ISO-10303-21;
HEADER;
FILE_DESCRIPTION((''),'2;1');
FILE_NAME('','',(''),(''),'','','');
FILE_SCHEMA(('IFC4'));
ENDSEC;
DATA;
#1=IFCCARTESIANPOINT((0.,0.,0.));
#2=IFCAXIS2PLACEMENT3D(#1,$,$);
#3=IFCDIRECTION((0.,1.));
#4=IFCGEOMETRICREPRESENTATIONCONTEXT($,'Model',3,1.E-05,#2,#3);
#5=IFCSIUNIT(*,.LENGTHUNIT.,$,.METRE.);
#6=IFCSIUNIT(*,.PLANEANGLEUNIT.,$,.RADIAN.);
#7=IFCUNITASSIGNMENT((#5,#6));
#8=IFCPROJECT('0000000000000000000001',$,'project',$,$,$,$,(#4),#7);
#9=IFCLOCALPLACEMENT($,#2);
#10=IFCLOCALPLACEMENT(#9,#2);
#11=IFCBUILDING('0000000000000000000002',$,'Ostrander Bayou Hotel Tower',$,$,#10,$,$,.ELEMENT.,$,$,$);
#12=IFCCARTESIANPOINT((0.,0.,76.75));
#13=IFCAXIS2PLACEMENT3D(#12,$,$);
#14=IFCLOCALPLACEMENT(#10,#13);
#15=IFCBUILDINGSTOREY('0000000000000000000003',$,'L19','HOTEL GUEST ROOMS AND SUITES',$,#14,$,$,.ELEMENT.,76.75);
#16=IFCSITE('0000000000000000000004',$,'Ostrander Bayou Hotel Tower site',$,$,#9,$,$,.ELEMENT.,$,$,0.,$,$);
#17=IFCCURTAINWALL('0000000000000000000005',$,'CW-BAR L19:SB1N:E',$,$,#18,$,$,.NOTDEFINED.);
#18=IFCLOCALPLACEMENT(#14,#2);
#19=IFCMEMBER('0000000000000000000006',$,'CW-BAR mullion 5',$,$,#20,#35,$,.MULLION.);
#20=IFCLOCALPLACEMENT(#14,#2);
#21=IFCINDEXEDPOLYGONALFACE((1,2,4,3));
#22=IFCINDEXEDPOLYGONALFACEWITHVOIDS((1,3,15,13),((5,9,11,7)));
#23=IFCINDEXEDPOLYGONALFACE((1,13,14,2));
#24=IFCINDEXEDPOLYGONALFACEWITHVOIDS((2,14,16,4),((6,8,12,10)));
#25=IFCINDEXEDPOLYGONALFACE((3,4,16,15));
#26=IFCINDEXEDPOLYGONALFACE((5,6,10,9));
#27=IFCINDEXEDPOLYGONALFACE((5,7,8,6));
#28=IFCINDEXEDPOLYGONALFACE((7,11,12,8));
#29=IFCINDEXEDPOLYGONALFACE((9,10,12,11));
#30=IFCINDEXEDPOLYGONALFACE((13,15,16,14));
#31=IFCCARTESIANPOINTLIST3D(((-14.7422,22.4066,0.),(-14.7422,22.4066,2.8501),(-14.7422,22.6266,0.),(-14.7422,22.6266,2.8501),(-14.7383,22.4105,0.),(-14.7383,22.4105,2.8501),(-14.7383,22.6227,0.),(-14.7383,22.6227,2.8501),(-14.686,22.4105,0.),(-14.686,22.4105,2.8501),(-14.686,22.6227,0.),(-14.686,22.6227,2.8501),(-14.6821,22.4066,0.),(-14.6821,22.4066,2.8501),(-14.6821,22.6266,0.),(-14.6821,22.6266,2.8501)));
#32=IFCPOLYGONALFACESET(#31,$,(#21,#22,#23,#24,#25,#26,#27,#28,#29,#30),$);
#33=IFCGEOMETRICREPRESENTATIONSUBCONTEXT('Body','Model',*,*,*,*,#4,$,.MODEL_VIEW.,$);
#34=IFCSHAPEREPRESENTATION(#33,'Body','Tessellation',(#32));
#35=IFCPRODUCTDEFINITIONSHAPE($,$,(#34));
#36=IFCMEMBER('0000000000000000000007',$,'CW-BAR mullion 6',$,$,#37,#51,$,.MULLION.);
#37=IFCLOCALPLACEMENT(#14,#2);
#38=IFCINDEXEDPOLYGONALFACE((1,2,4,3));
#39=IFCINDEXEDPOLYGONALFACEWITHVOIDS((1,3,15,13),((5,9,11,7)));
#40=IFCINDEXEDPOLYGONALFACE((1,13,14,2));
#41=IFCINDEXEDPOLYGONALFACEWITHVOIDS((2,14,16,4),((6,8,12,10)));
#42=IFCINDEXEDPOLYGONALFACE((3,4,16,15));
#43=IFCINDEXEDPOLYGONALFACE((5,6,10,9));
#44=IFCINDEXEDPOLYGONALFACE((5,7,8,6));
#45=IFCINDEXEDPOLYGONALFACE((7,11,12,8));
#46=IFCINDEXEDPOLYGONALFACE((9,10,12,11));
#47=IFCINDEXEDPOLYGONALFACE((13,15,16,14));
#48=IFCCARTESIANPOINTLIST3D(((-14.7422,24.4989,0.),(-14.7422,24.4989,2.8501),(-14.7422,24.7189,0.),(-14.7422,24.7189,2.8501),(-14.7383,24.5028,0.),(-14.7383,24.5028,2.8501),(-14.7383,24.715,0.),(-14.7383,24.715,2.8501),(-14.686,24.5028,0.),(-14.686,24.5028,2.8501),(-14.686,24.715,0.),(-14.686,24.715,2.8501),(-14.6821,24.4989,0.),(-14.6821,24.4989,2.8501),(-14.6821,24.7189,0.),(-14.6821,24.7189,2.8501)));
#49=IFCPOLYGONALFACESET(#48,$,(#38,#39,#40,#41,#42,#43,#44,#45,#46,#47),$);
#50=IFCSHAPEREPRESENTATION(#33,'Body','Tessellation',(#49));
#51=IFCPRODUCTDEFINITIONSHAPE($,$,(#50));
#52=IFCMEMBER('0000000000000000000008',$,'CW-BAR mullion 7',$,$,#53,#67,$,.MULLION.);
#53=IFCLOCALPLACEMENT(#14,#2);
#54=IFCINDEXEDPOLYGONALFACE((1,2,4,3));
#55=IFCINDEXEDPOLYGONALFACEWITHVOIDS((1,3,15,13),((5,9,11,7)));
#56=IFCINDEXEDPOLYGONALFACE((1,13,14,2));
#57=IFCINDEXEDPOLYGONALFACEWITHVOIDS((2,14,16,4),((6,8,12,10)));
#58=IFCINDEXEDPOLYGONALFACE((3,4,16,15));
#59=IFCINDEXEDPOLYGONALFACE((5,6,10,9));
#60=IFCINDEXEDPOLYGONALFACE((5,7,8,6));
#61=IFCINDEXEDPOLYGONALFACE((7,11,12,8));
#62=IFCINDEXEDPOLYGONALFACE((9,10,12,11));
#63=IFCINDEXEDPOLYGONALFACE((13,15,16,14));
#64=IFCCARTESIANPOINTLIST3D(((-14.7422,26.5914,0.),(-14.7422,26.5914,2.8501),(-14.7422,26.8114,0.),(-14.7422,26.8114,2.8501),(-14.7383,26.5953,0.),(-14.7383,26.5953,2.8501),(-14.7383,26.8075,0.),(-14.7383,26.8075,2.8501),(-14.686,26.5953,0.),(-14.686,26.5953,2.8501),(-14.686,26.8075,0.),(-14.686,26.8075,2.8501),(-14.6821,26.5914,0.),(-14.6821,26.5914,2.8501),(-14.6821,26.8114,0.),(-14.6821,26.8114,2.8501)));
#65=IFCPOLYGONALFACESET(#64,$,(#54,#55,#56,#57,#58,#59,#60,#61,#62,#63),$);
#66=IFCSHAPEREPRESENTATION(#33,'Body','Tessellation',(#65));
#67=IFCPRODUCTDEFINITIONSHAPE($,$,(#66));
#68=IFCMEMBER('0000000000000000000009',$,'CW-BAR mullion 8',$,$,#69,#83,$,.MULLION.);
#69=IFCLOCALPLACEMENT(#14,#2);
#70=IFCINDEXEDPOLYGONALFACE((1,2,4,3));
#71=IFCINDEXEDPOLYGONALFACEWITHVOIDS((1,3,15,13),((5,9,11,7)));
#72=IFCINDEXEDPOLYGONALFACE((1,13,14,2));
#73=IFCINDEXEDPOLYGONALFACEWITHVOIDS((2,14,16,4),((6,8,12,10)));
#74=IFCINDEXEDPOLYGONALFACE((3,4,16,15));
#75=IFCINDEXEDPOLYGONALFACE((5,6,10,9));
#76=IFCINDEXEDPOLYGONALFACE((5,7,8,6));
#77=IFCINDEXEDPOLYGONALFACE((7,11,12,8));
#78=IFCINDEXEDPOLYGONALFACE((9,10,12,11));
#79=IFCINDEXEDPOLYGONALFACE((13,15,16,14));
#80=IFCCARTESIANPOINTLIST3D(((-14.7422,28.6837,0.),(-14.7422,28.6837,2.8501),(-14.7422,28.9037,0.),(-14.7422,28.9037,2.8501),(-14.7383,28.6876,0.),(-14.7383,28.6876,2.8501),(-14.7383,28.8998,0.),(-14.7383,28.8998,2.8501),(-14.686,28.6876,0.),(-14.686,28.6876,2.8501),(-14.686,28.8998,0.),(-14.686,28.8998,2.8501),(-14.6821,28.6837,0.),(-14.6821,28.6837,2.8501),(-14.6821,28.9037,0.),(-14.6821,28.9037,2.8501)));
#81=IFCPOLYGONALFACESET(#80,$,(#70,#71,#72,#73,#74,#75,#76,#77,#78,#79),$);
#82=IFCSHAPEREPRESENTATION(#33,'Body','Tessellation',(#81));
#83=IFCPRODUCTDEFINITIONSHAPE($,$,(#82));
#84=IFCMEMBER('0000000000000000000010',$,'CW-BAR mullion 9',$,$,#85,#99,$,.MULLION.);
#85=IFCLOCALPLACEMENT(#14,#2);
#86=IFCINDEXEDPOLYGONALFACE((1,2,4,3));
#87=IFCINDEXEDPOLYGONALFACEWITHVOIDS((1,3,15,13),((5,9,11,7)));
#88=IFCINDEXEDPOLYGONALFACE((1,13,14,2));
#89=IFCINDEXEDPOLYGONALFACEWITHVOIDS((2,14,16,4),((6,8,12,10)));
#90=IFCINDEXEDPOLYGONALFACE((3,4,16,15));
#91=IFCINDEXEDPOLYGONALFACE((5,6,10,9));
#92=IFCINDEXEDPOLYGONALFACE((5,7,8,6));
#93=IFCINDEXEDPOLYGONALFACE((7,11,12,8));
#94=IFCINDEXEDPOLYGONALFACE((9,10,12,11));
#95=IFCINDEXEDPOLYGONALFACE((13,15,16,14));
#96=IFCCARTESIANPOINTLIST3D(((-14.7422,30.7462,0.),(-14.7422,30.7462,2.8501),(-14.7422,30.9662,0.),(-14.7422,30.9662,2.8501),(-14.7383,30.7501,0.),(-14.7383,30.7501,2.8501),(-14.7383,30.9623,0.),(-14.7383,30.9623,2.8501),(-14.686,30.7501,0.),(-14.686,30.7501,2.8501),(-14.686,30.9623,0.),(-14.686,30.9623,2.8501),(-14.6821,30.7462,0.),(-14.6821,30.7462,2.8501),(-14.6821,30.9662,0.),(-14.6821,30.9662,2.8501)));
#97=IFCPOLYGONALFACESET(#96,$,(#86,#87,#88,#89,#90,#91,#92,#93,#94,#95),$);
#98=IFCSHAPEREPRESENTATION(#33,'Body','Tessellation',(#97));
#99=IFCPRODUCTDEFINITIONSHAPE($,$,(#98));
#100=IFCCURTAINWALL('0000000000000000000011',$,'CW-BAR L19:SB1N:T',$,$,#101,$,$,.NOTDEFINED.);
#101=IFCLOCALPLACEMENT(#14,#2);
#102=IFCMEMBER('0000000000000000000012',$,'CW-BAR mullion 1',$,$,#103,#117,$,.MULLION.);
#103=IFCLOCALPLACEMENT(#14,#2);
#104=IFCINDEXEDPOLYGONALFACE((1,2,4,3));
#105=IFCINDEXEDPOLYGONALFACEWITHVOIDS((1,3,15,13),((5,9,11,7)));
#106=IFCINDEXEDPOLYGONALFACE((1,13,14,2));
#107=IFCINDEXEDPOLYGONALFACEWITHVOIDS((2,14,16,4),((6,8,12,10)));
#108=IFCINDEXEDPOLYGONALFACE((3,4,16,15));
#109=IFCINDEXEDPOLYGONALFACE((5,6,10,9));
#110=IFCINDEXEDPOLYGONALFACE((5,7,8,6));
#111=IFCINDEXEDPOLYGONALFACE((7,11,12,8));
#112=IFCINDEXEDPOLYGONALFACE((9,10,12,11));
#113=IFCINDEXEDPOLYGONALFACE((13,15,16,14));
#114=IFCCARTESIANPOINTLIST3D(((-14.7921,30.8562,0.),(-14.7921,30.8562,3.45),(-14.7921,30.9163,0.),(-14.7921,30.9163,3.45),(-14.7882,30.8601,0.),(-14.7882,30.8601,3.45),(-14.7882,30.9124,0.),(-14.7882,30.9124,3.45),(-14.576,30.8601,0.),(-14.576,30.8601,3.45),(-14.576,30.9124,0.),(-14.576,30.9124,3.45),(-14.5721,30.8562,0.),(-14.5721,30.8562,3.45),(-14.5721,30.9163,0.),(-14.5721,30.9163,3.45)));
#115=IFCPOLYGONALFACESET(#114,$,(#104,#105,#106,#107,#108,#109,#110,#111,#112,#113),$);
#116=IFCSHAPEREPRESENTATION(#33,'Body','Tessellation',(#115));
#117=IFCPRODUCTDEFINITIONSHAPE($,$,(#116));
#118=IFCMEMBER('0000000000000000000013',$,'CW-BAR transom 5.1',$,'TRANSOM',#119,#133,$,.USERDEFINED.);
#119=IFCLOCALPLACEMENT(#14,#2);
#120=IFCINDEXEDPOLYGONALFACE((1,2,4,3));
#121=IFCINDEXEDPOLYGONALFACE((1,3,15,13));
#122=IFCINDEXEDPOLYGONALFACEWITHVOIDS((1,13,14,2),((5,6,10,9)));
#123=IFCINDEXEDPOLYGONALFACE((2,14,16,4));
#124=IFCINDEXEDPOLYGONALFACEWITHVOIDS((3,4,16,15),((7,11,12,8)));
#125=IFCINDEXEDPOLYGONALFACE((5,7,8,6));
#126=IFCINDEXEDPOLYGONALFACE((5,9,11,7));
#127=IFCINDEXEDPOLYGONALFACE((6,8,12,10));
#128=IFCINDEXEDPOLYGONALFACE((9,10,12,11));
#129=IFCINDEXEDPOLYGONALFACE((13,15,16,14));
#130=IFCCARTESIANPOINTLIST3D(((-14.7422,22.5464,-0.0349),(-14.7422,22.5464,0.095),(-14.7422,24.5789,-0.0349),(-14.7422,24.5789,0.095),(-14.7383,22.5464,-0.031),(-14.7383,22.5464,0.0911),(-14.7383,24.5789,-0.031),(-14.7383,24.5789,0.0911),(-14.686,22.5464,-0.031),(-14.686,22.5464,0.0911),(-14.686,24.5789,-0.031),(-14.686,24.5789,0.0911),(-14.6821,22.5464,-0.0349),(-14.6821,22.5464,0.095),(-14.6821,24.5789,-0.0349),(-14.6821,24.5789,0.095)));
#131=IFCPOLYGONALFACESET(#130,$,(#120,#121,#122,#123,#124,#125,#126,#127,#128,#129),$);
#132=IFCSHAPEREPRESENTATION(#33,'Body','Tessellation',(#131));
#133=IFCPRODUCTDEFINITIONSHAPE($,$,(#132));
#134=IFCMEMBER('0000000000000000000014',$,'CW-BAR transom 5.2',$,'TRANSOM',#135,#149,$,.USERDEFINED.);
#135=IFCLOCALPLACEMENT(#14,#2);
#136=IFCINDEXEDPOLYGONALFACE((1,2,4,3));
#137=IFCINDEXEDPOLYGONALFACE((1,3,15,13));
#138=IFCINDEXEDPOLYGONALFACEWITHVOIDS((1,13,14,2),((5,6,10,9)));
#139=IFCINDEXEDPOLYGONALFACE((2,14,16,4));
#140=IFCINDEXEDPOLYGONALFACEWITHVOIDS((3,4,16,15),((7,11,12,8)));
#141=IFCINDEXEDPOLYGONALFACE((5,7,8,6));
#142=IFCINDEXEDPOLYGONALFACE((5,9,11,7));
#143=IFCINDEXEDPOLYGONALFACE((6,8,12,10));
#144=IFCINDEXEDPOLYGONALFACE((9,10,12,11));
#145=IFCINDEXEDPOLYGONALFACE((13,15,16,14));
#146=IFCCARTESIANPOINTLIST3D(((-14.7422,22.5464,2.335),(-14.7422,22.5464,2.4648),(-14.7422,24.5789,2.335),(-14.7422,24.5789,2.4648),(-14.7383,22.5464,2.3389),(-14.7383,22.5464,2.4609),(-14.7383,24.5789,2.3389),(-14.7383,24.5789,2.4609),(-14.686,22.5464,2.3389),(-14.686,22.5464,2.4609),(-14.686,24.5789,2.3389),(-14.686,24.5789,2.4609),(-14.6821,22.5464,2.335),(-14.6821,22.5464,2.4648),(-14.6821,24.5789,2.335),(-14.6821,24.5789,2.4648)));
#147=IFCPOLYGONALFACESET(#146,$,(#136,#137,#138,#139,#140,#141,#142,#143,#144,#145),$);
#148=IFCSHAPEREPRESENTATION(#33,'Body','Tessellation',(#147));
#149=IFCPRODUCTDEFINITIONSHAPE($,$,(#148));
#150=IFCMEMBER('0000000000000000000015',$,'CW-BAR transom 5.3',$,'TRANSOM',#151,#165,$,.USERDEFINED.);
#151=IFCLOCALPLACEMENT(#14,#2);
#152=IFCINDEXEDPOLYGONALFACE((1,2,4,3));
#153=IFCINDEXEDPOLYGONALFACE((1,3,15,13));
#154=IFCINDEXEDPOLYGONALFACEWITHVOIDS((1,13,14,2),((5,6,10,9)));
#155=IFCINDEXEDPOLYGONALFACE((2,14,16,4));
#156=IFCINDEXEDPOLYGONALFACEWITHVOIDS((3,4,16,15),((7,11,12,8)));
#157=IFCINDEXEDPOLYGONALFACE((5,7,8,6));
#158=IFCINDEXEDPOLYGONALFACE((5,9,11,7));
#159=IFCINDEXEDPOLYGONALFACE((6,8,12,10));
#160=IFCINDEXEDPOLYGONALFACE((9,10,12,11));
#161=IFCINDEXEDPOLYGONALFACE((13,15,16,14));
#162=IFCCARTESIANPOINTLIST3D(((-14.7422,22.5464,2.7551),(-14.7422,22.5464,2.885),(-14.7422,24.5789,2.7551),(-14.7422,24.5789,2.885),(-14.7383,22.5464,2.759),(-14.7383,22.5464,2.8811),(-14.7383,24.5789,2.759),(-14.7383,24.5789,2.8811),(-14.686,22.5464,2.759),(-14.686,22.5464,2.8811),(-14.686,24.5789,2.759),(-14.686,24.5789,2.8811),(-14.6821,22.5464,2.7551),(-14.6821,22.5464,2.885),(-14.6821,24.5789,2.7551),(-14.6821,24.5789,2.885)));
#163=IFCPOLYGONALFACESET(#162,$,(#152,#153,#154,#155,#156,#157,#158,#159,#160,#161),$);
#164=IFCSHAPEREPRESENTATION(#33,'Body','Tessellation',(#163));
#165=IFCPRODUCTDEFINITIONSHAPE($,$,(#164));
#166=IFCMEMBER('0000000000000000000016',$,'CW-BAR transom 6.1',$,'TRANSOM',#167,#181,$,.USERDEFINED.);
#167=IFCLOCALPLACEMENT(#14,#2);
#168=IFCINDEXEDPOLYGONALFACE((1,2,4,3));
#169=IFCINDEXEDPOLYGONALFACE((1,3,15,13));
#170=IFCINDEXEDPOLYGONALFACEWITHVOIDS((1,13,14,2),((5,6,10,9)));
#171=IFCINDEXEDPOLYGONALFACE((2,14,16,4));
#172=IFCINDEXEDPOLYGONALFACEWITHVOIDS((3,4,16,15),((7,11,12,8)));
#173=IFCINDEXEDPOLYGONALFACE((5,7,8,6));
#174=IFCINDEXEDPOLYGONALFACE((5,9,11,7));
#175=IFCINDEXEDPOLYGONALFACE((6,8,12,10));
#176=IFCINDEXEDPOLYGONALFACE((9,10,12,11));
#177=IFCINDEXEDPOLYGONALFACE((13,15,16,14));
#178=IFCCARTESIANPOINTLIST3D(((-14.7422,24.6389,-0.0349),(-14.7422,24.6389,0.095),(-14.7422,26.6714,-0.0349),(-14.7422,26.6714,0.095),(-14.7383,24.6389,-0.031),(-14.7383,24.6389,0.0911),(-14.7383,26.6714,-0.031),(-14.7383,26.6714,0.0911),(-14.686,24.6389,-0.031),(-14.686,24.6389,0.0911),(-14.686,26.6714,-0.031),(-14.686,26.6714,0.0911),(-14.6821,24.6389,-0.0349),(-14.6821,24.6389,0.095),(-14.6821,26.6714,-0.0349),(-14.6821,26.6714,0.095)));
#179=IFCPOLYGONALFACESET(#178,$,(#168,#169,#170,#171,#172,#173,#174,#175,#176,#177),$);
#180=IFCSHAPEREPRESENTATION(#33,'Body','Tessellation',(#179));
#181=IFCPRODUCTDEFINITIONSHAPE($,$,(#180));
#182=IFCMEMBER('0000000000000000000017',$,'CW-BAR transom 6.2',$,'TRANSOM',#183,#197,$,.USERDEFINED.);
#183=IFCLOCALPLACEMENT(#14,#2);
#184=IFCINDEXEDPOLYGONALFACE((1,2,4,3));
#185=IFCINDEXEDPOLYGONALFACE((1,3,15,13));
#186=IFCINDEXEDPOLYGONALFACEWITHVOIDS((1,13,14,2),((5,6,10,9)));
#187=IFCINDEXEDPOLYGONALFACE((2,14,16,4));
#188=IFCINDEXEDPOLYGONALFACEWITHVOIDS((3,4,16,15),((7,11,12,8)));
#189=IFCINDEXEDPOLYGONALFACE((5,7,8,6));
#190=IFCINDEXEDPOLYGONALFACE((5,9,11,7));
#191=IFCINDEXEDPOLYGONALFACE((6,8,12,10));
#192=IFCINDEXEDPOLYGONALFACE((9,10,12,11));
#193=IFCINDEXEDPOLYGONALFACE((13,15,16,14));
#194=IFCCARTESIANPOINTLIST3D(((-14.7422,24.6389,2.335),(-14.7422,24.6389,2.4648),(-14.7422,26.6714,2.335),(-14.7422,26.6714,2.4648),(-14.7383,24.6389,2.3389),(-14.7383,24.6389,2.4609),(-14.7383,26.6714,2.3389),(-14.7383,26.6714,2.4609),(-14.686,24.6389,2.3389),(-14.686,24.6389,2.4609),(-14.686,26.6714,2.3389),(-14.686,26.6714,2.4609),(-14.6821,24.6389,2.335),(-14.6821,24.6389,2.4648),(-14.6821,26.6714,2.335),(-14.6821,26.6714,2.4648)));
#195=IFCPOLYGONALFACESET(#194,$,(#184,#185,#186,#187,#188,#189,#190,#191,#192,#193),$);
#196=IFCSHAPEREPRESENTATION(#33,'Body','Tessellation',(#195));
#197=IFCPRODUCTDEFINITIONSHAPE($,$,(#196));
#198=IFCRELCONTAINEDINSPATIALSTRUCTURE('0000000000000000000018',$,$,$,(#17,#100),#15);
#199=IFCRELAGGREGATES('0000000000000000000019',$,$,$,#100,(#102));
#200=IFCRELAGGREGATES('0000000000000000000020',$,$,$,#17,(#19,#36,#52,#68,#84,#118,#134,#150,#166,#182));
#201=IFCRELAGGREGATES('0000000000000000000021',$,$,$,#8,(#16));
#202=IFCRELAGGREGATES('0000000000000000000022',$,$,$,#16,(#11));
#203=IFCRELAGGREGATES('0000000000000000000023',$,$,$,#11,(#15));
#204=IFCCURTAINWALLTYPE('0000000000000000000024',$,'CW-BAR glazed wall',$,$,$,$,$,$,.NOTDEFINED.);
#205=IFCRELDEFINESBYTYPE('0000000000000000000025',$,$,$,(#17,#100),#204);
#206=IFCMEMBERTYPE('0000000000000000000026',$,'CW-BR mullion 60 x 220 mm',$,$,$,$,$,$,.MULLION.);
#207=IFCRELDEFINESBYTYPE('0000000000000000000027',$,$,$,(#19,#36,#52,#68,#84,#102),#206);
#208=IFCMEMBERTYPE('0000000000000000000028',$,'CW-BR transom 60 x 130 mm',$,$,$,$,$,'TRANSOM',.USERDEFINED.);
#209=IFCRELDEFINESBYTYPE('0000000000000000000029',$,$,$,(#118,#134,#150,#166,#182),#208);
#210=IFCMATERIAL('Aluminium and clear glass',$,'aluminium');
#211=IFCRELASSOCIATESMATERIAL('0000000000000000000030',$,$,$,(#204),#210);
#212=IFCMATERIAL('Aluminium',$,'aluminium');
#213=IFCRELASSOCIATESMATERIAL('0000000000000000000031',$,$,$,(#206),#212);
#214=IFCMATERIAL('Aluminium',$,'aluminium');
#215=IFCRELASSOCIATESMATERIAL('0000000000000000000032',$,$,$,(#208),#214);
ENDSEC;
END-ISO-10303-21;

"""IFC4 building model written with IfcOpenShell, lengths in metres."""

from ifc_helpers import new_model, si_unit, direction, frame, origin, origin_2d, place, context, subcontext, project, spatial, hollow_rectangle, extrude, material, material_profile, profile_set, type_object, element, aggregate, save


model = new_model("IFC4")

# Units and contexts
model_context = context("Model", 3, precision=1e-05, world=origin(), true_north=direction((0.0, 1.0)))
body_context = subcontext(model_context, "Body", "Model", "MODEL_VIEW")
ifc_project = project(units=[si_unit("LENGTHUNIT", "METRE"), si_unit("PLANEANGLEUNIT", "RADIAN")], contexts=[model_context])

# Site, building, storey
site_placement = place(None, origin())
site = spatial("IfcSite", under=ifc_project, at=site_placement, Name="Ostrander Bayou Hotel Tower site", CompositionType="ELEMENT", RefElevation=0.0)
building_placement = place(site_placement, origin())
building = spatial("IfcBuilding", under=site, at=building_placement, Name="Ostrander Bayou Hotel Tower", CompositionType="ELEMENT")
storey_placement = place(building_placement, frame((0.0, 0.0, 76.75)))
storey = spatial("IfcBuildingStorey", under=building, at=storey_placement, Name="L19", Description="HOTEL GUEST ROOMS AND SUITES", CompositionType="ELEMENT", Elevation=76.75)

# Curtain wall, members
ifc_material_1 = material(Name="Aluminium and clear glass", Category="aluminium")
curtain_wall_type = type_object("IfcCurtainWallType", Name="CW-BAR glazed wall", PredefinedType="NOTDEFINED", material=ifc_material_1)
curtain_wall_1_placement = place(storey_placement, origin())
curtain_wall_1 = element("IfcCurtainWall", 1, at=curtain_wall_1_placement, inside=storey, type_object=curtain_wall_type, Name="CW-BAR L19:SB1N:E", PredefinedType="NOTDEFINED")
ifc_material_2 = material(Name="Aluminium", Category="aluminium")
ifc_material_profile_1 = material_profile(ifc_material_2, hollow_rectangle(XDim=0.0601, YDim=0.22, WallThickness=0.0039, at=origin_2d()))
ifc_profile_set_1 = profile_set([ifc_material_profile_1], Name="Aluminium")
member_type_1 = type_object("IfcMemberType", Name="CW-BR mullion 60 x 220 mm", PredefinedType="MULLION", material=ifc_profile_set_1)
member_1_placement = place(storey_placement, frame((-14.7122, 22.5166, 0.0), z_axis=(0.0, 0.0, 1.0), x_axis=(-1.0, 0.0, 0.0)))
member_1 = element("IfcMember", 2, at=member_1_placement, type_object=member_type_1, Name="CW-BAR mullion 5", PredefinedType="MULLION", context=body_context, shape_type="SweptSolid", body=[
    extrude(hollow_rectangle(XDim=0.0601, YDim=0.22, WallThickness=0.0039, at=origin_2d()), origin(), (0.0, 0.0, 1.0), 2.8501),
])
member_2_placement = place(storey_placement, frame((-14.7122, 24.6089, 0.0), z_axis=(0.0, 0.0, 1.0), x_axis=(-1.0, 0.0, 0.0)))
member_2 = element("IfcMember", 3, at=member_2_placement, type_object=member_type_1, Name="CW-BAR mullion 6", PredefinedType="MULLION", context=body_context, shape_type="SweptSolid", body=[
    extrude(hollow_rectangle(XDim=0.0601, YDim=0.22, WallThickness=0.0039, at=origin_2d()), origin(), (0.0, 0.0, 1.0), 2.8501),
])
member_3_placement = place(storey_placement, frame((-14.7122, 26.7014, 0.0), z_axis=(0.0, 0.0, 1.0), x_axis=(-1.0, 0.0, 0.0)))
member_3 = element("IfcMember", 4, at=member_3_placement, type_object=member_type_1, Name="CW-BAR mullion 7", PredefinedType="MULLION", context=body_context, shape_type="SweptSolid", body=[
    extrude(hollow_rectangle(XDim=0.0601, YDim=0.22, WallThickness=0.0039, at=origin_2d()), origin(), (0.0, 0.0, 1.0), 2.8501),
])
member_4_placement = place(storey_placement, frame((-14.7122, 28.7937, 0.0), z_axis=(0.0, 0.0, 1.0), x_axis=(-1.0, 0.0, 0.0)))
member_4 = element("IfcMember", 5, at=member_4_placement, type_object=member_type_1, Name="CW-BAR mullion 8", PredefinedType="MULLION", context=body_context, shape_type="SweptSolid", body=[
    extrude(hollow_rectangle(XDim=0.0601, YDim=0.22, WallThickness=0.0039, at=origin_2d()), origin(), (0.0, 0.0, 1.0), 2.8501),
])
member_5_placement = place(storey_placement, frame((-14.7122, 30.8562, 0.0), z_axis=(0.0, 0.0, 1.0), x_axis=(-1.0, 0.0, 0.0)))
member_5 = element("IfcMember", 6, at=member_5_placement, type_object=member_type_1, Name="CW-BAR mullion 9", PredefinedType="MULLION", context=body_context, shape_type="SweptSolid", body=[
    extrude(hollow_rectangle(XDim=0.0601, YDim=0.22, WallThickness=0.0039, at=origin_2d()), origin(), (0.0, 0.0, 1.0), 2.8501),
])

# Curtain wall, member
curtain_wall_2_placement = place(storey_placement, origin())
curtain_wall_2 = element("IfcCurtainWall", 7, at=curtain_wall_2_placement, inside=storey, type_object=curtain_wall_type, Name="CW-BAR L19:SB1N:T", PredefinedType="NOTDEFINED")
member_6_placement = place(storey_placement, frame((-14.6821, 30.8862, 0.0), z_axis=(0.0, 0.0, 1.0), x_axis=(0.0, 1.0, 0.0)))
member_6 = element("IfcMember", 8, at=member_6_placement, type_object=member_type_1, Name="CW-BAR mullion 1", PredefinedType="MULLION", context=body_context, shape_type="SweptSolid", body=[
    extrude(hollow_rectangle(XDim=0.0601, YDim=0.22, WallThickness=0.0039, at=origin_2d()), origin(), (0.0, 0.0, 1.0), 3.45),
])

# Members
ifc_material_3 = material(Name="Aluminium", Category="aluminium")
ifc_material_profile_2 = material_profile(ifc_material_3, hollow_rectangle(XDim=0.0601, YDim=0.1299, WallThickness=0.0039, at=origin_2d()))
ifc_profile_set_2 = profile_set([ifc_material_profile_2], Name="Aluminium")
member_type_2 = type_object("IfcMemberType", Name="CW-BR transom 60 x 130 mm", ElementType="TRANSOM", PredefinedType="USERDEFINED", material=ifc_profile_set_2)
member_7_placement = place(storey_placement, frame((-14.7122, 22.5464, 0.03), z_axis=(0.0, 1.0, 0.0), x_axis=(-1.0, 0.0, 0.0)))
member_7 = element("IfcMember", 9, at=member_7_placement, type_object=member_type_2, Name="CW-BAR transom 5.1", ObjectType="TRANSOM", PredefinedType="USERDEFINED", context=body_context, shape_type="SweptSolid", body=[
    extrude(hollow_rectangle(XDim=0.0601, YDim=0.1299, WallThickness=0.0039, at=origin_2d()), origin(), (0.0, 0.0, 1.0), 2.0325),
])
member_8_placement = place(storey_placement, frame((-14.7122, 22.5464, 2.3999), z_axis=(0.0, 1.0, 0.0), x_axis=(-1.0, 0.0, 0.0)))
member_8 = element("IfcMember", 10, at=member_8_placement, type_object=member_type_2, Name="CW-BAR transom 5.2", ObjectType="TRANSOM", PredefinedType="USERDEFINED", context=body_context, shape_type="SweptSolid", body=[
    extrude(hollow_rectangle(XDim=0.0601, YDim=0.1299, WallThickness=0.0039, at=origin_2d()), origin(), (0.0, 0.0, 1.0), 2.0325),
])
member_9_placement = place(storey_placement, frame((-14.7122, 22.5464, 2.8201), z_axis=(0.0, 1.0, 0.0), x_axis=(-1.0, 0.0, 0.0)))
member_9 = element("IfcMember", 11, at=member_9_placement, type_object=member_type_2, Name="CW-BAR transom 5.3", ObjectType="TRANSOM", PredefinedType="USERDEFINED", context=body_context, shape_type="SweptSolid", body=[
    extrude(hollow_rectangle(XDim=0.0601, YDim=0.1299, WallThickness=0.0039, at=origin_2d()), origin(), (0.0, 0.0, 1.0), 2.0325),
])
member_10_placement = place(storey_placement, frame((-14.7122, 24.6389, 0.03), z_axis=(0.0, 1.0, 0.0), x_axis=(-1.0, 0.0, 0.0)))
member_10 = element("IfcMember", 12, at=member_10_placement, type_object=member_type_2, Name="CW-BAR transom 6.1", ObjectType="TRANSOM", PredefinedType="USERDEFINED", context=body_context, shape_type="SweptSolid", body=[
    extrude(hollow_rectangle(XDim=0.0601, YDim=0.1299, WallThickness=0.0039, at=origin_2d()), origin(), (0.0, 0.0, 1.0), 2.0325),
])
member_11_placement = place(storey_placement, frame((-14.7122, 24.6389, 2.3999), z_axis=(0.0, 1.0, 0.0), x_axis=(-1.0, 0.0, 0.0)))
member_11 = element("IfcMember", 13, at=member_11_placement, type_object=member_type_2, Name="CW-BAR transom 6.2", ObjectType="TRANSOM", PredefinedType="USERDEFINED", context=body_context, shape_type="SweptSolid", body=[
    extrude(hollow_rectangle(XDim=0.0601, YDim=0.1299, WallThickness=0.0039, at=origin_2d()), origin(), (0.0, 0.0, 1.0), 2.0325),
])
aggregate(curtain_wall_2, [member_6])

aggregate(curtain_wall_1, [member_1, member_2, member_3, member_4, member_5, member_7, member_8, member_9, member_10, member_11])

save(model, "model.ifc")
